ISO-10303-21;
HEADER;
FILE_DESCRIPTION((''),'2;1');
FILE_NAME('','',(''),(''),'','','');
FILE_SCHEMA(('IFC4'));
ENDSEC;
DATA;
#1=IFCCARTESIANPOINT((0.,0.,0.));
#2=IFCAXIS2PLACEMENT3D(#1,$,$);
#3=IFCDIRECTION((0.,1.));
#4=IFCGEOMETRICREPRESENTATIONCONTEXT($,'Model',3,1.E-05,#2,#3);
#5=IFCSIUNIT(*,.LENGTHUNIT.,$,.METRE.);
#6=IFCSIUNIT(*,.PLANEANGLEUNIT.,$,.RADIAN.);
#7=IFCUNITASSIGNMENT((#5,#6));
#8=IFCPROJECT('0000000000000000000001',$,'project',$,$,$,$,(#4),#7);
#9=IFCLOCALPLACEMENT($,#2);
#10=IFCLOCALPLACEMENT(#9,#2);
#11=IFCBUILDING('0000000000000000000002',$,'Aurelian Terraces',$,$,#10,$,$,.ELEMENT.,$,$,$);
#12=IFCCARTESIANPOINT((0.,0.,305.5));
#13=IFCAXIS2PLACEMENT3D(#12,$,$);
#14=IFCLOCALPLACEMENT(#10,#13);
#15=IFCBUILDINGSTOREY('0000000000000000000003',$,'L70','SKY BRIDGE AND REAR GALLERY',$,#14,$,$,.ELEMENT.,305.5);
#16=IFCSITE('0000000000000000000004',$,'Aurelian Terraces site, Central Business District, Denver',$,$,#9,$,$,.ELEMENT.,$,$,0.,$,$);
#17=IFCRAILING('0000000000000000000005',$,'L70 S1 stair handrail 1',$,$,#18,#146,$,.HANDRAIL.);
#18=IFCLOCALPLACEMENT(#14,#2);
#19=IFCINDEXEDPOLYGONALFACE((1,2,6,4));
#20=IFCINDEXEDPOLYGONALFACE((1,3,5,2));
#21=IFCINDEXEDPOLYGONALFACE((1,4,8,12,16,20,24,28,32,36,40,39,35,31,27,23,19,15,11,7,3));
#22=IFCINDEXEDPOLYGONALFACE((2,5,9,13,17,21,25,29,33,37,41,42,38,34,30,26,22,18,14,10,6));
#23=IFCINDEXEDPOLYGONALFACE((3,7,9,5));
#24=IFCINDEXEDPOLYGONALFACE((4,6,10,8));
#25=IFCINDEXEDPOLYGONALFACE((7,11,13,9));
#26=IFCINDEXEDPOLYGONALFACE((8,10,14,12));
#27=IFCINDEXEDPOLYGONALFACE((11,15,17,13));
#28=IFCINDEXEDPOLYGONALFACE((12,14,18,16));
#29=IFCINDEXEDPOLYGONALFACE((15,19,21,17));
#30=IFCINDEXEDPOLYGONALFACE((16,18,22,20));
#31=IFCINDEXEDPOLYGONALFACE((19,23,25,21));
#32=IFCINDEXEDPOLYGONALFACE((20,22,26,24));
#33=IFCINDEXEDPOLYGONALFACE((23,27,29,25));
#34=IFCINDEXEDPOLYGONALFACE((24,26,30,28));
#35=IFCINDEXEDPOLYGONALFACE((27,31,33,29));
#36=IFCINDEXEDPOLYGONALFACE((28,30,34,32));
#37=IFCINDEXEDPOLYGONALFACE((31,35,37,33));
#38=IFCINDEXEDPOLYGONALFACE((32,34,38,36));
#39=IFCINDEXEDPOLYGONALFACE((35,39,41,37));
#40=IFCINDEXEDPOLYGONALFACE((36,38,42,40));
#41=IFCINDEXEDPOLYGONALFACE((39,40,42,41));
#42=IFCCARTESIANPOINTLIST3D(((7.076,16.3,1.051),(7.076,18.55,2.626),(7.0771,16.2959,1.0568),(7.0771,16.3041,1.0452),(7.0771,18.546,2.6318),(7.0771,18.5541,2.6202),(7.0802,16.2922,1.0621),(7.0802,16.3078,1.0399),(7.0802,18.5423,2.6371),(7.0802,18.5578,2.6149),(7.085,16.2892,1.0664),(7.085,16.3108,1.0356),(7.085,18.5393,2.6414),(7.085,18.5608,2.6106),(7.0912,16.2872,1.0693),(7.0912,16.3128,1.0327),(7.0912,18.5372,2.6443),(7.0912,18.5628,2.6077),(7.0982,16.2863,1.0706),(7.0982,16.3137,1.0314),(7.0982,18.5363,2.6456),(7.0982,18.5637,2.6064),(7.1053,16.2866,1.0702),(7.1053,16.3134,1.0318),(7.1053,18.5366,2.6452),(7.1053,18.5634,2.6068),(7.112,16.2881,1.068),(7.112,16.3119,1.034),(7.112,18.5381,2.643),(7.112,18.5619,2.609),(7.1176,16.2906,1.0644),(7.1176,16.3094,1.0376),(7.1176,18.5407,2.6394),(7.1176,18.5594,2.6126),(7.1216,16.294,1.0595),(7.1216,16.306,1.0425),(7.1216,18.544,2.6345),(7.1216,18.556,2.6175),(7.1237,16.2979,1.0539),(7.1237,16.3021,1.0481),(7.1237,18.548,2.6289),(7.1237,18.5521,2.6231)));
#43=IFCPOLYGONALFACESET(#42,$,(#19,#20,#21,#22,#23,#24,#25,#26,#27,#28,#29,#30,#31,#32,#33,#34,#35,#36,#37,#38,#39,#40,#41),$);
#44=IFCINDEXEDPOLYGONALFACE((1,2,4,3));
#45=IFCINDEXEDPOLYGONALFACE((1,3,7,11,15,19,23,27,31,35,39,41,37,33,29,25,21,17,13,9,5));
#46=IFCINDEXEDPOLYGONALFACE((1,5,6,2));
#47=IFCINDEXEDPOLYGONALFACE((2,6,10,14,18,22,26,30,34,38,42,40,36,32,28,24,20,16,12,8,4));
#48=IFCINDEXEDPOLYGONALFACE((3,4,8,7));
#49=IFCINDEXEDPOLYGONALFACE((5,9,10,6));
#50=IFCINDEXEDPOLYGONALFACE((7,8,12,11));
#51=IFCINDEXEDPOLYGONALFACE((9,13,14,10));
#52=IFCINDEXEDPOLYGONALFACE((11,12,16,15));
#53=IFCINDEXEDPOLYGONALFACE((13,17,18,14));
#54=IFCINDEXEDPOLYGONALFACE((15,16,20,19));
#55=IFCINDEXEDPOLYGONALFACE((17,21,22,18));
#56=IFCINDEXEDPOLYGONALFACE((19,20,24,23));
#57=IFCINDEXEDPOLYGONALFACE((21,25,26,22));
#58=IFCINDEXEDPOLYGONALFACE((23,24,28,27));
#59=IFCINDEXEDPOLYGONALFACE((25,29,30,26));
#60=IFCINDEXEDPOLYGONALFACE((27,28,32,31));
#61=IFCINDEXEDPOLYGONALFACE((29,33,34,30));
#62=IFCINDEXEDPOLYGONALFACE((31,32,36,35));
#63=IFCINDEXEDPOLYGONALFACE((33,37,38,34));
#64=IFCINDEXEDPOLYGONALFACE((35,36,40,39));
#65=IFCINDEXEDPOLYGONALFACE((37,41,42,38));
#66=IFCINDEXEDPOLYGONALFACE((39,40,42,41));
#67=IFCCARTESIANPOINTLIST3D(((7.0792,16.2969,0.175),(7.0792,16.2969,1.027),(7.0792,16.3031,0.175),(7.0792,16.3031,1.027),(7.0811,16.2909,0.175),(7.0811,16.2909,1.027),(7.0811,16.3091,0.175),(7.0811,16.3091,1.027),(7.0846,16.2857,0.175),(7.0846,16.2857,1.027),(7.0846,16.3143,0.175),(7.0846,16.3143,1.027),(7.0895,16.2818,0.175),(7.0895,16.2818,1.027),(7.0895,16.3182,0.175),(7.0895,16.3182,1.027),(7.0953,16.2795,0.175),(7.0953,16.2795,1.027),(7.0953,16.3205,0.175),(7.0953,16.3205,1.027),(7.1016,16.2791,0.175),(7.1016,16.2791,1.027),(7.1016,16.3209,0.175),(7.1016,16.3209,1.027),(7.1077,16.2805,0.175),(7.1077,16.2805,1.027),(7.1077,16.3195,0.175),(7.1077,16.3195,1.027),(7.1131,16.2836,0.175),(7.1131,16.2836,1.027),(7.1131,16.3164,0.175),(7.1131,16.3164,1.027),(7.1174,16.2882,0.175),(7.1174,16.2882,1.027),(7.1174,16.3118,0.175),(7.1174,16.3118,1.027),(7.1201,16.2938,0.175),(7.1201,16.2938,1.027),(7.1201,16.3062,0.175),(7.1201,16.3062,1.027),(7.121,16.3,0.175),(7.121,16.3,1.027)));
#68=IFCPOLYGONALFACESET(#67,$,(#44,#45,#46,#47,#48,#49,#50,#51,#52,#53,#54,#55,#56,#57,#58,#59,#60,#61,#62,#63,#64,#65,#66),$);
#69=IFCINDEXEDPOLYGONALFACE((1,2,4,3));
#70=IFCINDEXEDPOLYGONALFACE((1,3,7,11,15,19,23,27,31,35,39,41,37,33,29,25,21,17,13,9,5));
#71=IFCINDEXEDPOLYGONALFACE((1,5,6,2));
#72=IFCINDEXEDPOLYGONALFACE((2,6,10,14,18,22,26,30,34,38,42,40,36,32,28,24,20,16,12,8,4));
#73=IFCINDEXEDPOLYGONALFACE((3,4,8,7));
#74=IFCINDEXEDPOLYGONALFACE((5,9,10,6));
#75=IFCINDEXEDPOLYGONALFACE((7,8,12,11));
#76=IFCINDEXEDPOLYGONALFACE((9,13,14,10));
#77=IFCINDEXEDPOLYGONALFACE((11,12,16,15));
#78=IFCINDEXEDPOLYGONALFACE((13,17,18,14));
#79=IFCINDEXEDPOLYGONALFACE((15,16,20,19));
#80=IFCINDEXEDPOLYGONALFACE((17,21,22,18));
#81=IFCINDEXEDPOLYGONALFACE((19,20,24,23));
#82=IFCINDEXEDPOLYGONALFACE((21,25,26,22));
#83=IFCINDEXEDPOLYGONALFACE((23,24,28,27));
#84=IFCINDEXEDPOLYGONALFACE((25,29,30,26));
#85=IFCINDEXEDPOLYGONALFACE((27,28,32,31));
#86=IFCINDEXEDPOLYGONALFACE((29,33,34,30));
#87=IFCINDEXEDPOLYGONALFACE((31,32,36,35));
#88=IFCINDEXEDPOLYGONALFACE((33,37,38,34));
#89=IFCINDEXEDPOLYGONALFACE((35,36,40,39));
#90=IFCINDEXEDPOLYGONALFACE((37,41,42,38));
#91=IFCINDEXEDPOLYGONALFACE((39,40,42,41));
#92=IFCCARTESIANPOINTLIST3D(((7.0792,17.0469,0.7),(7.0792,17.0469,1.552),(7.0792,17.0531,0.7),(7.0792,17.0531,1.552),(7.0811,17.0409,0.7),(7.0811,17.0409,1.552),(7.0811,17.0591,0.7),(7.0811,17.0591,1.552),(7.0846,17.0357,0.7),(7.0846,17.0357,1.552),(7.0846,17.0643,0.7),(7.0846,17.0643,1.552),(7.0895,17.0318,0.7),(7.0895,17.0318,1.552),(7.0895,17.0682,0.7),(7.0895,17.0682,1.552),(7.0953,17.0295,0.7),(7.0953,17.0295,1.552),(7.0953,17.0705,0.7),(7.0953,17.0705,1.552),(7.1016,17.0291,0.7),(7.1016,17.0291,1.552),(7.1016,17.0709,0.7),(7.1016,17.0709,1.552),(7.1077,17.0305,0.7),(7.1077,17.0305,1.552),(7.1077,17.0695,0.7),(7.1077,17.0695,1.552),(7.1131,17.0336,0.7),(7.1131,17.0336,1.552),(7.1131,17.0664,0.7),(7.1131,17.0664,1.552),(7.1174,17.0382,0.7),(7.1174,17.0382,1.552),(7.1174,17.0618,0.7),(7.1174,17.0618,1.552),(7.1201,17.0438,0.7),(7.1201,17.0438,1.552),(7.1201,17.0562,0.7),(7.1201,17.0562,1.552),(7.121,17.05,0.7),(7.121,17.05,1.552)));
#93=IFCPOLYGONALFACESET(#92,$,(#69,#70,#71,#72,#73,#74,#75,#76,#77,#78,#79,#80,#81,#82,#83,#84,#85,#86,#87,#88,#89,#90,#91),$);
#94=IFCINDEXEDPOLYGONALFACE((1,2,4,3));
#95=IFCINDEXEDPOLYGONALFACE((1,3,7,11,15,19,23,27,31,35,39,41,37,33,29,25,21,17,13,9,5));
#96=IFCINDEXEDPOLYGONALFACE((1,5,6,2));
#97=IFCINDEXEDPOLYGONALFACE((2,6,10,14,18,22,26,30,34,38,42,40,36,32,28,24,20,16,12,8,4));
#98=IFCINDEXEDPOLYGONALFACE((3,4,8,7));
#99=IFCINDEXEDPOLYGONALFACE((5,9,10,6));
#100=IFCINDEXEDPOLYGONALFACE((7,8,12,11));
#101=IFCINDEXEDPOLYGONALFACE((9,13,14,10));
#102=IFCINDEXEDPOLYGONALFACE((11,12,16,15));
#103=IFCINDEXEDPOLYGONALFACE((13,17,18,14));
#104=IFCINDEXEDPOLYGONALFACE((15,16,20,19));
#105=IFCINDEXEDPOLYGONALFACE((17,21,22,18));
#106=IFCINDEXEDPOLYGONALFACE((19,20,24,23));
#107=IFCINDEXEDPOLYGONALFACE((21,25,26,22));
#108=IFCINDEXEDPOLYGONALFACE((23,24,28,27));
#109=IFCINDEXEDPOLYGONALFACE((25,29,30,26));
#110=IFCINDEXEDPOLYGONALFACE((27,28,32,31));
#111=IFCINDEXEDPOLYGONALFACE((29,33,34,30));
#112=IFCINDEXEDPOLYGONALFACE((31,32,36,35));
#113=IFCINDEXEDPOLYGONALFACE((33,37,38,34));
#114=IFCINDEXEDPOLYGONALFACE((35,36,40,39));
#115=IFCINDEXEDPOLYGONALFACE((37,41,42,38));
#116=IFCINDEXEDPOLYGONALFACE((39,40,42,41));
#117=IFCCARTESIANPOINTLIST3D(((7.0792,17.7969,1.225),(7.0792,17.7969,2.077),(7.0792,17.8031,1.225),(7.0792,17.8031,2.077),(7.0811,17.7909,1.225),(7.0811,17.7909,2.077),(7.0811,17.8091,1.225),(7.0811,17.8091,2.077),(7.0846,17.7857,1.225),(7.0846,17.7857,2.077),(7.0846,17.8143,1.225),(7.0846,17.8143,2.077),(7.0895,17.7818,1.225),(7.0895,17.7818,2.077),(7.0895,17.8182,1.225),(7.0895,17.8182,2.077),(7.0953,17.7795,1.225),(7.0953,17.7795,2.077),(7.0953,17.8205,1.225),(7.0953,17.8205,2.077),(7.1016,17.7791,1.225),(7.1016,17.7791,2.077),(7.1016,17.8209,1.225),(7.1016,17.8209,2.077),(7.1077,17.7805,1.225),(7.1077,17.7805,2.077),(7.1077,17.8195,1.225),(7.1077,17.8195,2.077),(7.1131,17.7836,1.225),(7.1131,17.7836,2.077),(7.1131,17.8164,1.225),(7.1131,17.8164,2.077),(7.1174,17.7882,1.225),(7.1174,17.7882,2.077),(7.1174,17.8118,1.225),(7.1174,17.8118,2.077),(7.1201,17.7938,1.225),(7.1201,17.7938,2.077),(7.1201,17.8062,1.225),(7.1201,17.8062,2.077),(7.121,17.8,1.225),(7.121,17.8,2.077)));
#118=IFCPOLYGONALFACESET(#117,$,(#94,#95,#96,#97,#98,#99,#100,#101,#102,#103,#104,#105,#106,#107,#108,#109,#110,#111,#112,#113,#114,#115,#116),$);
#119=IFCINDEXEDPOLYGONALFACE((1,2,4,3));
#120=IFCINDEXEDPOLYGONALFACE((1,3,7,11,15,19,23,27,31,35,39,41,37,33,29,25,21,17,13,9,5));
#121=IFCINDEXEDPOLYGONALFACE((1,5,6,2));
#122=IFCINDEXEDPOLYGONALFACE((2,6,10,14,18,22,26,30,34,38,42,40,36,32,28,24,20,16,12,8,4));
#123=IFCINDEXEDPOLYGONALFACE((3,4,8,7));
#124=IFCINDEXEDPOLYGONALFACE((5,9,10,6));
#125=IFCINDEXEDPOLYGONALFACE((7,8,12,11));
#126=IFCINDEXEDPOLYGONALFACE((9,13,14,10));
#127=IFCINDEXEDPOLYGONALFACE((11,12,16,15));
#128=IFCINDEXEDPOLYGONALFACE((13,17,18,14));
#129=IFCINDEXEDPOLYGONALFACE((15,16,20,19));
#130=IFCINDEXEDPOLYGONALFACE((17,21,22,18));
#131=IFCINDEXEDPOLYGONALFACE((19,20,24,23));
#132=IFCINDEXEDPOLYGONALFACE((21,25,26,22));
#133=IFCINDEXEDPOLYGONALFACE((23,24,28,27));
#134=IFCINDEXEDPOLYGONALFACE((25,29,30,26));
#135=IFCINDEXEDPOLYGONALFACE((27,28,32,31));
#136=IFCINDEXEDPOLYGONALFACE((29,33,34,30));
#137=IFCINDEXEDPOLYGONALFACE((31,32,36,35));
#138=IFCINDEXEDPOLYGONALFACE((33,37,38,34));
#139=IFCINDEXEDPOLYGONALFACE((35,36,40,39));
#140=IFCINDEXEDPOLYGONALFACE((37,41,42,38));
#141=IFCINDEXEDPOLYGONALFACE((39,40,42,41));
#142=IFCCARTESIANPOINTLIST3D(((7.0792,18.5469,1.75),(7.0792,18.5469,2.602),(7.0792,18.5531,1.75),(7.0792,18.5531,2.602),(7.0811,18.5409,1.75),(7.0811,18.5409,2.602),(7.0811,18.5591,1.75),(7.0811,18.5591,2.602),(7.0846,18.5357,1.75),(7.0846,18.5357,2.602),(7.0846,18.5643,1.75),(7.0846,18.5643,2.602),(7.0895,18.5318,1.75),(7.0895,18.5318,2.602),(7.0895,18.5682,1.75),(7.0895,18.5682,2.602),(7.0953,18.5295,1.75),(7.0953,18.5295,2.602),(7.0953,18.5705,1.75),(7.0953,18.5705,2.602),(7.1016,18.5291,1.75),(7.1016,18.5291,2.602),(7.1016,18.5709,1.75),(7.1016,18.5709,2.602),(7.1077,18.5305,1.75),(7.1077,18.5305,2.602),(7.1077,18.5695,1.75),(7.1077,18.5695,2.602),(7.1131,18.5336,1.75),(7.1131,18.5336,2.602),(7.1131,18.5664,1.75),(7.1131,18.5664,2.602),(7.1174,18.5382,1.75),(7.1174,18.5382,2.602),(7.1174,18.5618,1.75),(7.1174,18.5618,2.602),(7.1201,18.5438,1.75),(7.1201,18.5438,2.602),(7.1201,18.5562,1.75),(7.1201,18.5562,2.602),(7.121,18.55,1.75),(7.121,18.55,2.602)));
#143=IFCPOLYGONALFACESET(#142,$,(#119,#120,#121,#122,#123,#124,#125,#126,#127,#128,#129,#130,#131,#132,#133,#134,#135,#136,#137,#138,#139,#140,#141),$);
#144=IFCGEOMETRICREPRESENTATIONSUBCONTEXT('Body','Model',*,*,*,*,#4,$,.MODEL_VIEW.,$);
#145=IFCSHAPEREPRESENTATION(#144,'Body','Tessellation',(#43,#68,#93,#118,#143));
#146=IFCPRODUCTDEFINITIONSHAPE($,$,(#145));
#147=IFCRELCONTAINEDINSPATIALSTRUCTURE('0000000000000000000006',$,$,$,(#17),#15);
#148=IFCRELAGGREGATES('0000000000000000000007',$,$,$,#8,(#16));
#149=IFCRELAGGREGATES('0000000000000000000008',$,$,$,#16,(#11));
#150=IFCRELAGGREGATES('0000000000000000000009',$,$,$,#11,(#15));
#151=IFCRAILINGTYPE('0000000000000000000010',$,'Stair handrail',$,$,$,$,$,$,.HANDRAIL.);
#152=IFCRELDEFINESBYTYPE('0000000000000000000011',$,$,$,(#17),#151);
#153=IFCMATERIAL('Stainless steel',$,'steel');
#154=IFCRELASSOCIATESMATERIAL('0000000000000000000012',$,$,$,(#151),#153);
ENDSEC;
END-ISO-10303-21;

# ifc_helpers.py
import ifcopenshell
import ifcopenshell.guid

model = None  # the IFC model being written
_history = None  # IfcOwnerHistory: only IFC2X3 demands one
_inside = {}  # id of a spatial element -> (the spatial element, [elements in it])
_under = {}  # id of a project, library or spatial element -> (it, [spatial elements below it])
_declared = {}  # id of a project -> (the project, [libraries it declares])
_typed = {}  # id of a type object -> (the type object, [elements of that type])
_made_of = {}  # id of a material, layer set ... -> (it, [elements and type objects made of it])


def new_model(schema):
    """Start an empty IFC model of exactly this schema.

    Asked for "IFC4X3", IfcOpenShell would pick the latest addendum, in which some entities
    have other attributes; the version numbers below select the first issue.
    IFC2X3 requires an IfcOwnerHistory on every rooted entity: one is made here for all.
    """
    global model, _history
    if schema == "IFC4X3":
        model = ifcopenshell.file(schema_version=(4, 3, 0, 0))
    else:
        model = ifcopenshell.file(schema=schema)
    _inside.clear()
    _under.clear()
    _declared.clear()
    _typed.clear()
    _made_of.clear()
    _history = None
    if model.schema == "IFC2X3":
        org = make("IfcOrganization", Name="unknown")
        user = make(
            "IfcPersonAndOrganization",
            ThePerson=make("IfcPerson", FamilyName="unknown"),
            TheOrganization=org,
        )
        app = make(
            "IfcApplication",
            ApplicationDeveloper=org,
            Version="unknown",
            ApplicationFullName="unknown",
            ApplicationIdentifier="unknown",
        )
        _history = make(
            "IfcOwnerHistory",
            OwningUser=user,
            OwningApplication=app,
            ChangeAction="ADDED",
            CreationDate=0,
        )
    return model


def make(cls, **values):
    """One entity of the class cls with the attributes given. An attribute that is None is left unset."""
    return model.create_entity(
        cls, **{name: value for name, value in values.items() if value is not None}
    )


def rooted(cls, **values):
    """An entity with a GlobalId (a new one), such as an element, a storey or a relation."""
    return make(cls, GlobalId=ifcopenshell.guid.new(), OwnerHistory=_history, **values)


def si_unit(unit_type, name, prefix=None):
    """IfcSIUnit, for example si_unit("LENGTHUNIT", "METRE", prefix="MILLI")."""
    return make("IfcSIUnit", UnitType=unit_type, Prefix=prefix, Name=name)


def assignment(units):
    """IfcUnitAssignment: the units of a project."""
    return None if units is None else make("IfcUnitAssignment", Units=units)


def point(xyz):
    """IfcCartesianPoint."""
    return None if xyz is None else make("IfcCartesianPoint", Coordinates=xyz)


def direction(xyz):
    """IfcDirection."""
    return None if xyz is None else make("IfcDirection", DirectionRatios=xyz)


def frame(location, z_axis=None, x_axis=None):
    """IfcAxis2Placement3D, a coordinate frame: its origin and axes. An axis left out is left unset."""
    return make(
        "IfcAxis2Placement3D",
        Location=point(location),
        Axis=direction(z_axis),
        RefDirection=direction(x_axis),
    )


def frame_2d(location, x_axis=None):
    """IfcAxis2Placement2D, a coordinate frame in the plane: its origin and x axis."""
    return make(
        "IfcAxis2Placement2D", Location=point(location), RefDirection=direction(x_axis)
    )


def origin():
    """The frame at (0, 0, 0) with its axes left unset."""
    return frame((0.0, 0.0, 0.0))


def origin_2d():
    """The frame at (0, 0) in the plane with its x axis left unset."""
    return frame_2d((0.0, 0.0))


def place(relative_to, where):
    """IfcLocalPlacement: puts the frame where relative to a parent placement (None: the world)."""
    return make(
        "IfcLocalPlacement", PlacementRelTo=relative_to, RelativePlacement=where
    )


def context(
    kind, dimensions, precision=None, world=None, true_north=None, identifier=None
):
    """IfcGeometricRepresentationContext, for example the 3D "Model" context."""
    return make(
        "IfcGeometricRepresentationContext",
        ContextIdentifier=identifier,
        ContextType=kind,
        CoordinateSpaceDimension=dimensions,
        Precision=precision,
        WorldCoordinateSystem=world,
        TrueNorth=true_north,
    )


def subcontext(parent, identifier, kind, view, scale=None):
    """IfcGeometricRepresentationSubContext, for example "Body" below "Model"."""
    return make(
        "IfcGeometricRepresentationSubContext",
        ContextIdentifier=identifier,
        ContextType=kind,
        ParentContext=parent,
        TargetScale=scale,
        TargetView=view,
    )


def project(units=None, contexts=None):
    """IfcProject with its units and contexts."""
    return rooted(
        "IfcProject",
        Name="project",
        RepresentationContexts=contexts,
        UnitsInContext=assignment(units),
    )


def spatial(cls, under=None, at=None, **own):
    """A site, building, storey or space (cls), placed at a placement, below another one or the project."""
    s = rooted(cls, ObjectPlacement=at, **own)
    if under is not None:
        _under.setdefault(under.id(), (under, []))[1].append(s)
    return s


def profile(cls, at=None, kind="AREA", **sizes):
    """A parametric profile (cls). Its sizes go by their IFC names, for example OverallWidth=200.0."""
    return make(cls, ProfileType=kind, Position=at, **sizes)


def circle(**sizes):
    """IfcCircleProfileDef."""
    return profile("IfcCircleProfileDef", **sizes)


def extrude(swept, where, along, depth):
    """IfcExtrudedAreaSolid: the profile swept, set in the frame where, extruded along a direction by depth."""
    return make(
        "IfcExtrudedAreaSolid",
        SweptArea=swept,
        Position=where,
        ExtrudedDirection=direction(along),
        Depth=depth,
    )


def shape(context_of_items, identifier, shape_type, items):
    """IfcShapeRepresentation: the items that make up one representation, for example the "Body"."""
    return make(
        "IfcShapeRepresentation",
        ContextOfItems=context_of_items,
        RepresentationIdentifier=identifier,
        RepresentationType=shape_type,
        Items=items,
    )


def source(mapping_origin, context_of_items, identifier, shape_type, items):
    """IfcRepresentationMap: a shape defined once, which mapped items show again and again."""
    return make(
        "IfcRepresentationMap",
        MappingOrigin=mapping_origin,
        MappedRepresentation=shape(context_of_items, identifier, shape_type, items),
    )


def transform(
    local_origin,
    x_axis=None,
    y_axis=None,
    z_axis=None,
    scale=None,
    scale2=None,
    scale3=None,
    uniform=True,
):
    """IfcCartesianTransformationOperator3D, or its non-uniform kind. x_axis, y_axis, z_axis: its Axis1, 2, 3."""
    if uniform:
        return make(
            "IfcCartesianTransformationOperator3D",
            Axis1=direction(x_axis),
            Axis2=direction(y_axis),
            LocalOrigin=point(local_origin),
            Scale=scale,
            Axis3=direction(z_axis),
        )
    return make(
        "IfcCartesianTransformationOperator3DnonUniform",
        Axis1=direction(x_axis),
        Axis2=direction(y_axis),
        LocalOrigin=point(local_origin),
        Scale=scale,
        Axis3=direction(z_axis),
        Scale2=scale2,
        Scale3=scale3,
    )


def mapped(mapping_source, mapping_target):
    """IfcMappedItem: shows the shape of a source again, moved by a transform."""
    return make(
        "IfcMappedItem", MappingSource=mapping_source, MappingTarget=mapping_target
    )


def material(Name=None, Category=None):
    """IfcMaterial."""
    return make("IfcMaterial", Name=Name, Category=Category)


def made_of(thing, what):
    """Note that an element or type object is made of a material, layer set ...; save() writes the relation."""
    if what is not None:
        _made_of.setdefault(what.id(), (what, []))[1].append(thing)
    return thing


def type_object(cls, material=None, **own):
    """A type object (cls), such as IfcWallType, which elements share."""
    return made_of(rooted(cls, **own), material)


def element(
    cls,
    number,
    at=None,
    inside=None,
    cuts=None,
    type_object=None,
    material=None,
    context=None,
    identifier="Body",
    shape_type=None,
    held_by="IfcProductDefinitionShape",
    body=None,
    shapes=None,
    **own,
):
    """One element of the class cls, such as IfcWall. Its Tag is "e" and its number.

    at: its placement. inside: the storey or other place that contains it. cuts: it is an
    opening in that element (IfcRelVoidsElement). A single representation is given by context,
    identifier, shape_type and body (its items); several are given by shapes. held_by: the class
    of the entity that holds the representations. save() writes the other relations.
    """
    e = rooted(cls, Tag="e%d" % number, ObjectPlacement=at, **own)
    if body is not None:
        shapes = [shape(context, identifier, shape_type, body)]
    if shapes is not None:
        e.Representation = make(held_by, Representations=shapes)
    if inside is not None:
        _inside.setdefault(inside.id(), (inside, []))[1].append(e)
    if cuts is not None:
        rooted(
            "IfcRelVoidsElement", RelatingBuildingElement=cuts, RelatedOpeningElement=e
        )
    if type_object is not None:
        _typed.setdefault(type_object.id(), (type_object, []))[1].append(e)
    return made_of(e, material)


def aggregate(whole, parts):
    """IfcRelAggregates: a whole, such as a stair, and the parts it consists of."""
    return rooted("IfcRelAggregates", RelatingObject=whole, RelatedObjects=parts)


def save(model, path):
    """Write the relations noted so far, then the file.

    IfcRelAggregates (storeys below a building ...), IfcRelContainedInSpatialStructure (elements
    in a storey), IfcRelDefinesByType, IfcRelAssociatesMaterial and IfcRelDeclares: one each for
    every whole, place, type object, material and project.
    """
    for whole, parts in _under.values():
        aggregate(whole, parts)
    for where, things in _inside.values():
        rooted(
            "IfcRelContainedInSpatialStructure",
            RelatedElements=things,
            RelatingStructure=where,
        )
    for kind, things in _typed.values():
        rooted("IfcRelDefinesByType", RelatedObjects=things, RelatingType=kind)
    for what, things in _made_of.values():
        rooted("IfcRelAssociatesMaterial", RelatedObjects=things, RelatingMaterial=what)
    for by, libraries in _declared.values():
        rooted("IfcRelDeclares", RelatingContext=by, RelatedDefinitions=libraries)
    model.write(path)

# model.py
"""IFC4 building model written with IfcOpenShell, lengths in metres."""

from ifc_helpers import new_model, si_unit, direction, frame, origin, origin_2d, place, context, subcontext, project, spatial, circle, extrude, source, transform, mapped, material, type_object, element, save


model = new_model("IFC4")

# Units and contexts
model_context = context("Model", 3, precision=1e-05, world=origin(), true_north=direction((0.0, 1.0)))
body_context = subcontext(model_context, "Body", "Model", "MODEL_VIEW")
ifc_project = project(units=[si_unit("LENGTHUNIT", "METRE"), si_unit("PLANEANGLEUNIT", "RADIAN")], contexts=[model_context])

# Site, building, storey
site_placement = place(None, origin())
site = spatial("IfcSite", under=ifc_project, at=site_placement, Name="Aurelian Terraces site, Central Business District, Denver", CompositionType="ELEMENT", RefElevation=0.0)
building_placement = place(site_placement, origin())
building = spatial("IfcBuilding", under=site, at=building_placement, Name="Aurelian Terraces", CompositionType="ELEMENT")
storey_placement = place(building_placement, frame((0.0, 0.0, 305.5)))
storey = spatial("IfcBuildingStorey", under=building, at=storey_placement, Name="L70", Description="SKY BRIDGE AND REAR GALLERY", CompositionType="ELEMENT", Elevation=305.5)

# Railing
ifc_material_1 = material(Name="Stainless steel", Category="steel")
railing_type_1 = type_object("IfcRailingType", Name="Stair handrail", PredefinedType="HANDRAIL", material=ifc_material_1)
shared_shape_1 = source(origin(), body_context, "Body", "SweptSolid", [
    extrude(circle(Radius=0.024, at=origin_2d()), frame((0.0, 0.0, 0.876), z_axis=(0.0, 0.819232, 0.573462), x_axis=(-1.0, 0.0, 0.0)), (0.0, 0.0, 1.0), 2.7465),
    extrude(circle(Radius=0.021, at=origin_2d()), origin(), (0.0, 0.0, 1.0), 0.852),
    extrude(circle(Radius=0.021, at=origin_2d()), frame((0.0, 0.75, 0.525)), (0.0, 0.0, 1.0), 0.852),
    extrude(circle(Radius=0.021, at=origin_2d()), frame((0.0, 1.5, 1.05)), (0.0, 0.0, 1.0), 0.852),
    extrude(circle(Radius=0.021, at=origin_2d()), frame((0.0, 2.25, 1.575)), (0.0, 0.0, 1.0), 0.852),
])
railing_1_placement = place(storey_placement, frame((7.1, 16.3, 0.175)))
element("IfcRailing", 1, at=railing_1_placement, inside=storey, type_object=railing_type_1, Name="L70 S1 stair handrail 1", PredefinedType="HANDRAIL", context=body_context, shape_type="MappedRepresentation", body=[
    mapped(shared_shape_1, transform((0.0, 0.0, 0.0), scale=1.0)),
])

save(model, "model.ifc")
